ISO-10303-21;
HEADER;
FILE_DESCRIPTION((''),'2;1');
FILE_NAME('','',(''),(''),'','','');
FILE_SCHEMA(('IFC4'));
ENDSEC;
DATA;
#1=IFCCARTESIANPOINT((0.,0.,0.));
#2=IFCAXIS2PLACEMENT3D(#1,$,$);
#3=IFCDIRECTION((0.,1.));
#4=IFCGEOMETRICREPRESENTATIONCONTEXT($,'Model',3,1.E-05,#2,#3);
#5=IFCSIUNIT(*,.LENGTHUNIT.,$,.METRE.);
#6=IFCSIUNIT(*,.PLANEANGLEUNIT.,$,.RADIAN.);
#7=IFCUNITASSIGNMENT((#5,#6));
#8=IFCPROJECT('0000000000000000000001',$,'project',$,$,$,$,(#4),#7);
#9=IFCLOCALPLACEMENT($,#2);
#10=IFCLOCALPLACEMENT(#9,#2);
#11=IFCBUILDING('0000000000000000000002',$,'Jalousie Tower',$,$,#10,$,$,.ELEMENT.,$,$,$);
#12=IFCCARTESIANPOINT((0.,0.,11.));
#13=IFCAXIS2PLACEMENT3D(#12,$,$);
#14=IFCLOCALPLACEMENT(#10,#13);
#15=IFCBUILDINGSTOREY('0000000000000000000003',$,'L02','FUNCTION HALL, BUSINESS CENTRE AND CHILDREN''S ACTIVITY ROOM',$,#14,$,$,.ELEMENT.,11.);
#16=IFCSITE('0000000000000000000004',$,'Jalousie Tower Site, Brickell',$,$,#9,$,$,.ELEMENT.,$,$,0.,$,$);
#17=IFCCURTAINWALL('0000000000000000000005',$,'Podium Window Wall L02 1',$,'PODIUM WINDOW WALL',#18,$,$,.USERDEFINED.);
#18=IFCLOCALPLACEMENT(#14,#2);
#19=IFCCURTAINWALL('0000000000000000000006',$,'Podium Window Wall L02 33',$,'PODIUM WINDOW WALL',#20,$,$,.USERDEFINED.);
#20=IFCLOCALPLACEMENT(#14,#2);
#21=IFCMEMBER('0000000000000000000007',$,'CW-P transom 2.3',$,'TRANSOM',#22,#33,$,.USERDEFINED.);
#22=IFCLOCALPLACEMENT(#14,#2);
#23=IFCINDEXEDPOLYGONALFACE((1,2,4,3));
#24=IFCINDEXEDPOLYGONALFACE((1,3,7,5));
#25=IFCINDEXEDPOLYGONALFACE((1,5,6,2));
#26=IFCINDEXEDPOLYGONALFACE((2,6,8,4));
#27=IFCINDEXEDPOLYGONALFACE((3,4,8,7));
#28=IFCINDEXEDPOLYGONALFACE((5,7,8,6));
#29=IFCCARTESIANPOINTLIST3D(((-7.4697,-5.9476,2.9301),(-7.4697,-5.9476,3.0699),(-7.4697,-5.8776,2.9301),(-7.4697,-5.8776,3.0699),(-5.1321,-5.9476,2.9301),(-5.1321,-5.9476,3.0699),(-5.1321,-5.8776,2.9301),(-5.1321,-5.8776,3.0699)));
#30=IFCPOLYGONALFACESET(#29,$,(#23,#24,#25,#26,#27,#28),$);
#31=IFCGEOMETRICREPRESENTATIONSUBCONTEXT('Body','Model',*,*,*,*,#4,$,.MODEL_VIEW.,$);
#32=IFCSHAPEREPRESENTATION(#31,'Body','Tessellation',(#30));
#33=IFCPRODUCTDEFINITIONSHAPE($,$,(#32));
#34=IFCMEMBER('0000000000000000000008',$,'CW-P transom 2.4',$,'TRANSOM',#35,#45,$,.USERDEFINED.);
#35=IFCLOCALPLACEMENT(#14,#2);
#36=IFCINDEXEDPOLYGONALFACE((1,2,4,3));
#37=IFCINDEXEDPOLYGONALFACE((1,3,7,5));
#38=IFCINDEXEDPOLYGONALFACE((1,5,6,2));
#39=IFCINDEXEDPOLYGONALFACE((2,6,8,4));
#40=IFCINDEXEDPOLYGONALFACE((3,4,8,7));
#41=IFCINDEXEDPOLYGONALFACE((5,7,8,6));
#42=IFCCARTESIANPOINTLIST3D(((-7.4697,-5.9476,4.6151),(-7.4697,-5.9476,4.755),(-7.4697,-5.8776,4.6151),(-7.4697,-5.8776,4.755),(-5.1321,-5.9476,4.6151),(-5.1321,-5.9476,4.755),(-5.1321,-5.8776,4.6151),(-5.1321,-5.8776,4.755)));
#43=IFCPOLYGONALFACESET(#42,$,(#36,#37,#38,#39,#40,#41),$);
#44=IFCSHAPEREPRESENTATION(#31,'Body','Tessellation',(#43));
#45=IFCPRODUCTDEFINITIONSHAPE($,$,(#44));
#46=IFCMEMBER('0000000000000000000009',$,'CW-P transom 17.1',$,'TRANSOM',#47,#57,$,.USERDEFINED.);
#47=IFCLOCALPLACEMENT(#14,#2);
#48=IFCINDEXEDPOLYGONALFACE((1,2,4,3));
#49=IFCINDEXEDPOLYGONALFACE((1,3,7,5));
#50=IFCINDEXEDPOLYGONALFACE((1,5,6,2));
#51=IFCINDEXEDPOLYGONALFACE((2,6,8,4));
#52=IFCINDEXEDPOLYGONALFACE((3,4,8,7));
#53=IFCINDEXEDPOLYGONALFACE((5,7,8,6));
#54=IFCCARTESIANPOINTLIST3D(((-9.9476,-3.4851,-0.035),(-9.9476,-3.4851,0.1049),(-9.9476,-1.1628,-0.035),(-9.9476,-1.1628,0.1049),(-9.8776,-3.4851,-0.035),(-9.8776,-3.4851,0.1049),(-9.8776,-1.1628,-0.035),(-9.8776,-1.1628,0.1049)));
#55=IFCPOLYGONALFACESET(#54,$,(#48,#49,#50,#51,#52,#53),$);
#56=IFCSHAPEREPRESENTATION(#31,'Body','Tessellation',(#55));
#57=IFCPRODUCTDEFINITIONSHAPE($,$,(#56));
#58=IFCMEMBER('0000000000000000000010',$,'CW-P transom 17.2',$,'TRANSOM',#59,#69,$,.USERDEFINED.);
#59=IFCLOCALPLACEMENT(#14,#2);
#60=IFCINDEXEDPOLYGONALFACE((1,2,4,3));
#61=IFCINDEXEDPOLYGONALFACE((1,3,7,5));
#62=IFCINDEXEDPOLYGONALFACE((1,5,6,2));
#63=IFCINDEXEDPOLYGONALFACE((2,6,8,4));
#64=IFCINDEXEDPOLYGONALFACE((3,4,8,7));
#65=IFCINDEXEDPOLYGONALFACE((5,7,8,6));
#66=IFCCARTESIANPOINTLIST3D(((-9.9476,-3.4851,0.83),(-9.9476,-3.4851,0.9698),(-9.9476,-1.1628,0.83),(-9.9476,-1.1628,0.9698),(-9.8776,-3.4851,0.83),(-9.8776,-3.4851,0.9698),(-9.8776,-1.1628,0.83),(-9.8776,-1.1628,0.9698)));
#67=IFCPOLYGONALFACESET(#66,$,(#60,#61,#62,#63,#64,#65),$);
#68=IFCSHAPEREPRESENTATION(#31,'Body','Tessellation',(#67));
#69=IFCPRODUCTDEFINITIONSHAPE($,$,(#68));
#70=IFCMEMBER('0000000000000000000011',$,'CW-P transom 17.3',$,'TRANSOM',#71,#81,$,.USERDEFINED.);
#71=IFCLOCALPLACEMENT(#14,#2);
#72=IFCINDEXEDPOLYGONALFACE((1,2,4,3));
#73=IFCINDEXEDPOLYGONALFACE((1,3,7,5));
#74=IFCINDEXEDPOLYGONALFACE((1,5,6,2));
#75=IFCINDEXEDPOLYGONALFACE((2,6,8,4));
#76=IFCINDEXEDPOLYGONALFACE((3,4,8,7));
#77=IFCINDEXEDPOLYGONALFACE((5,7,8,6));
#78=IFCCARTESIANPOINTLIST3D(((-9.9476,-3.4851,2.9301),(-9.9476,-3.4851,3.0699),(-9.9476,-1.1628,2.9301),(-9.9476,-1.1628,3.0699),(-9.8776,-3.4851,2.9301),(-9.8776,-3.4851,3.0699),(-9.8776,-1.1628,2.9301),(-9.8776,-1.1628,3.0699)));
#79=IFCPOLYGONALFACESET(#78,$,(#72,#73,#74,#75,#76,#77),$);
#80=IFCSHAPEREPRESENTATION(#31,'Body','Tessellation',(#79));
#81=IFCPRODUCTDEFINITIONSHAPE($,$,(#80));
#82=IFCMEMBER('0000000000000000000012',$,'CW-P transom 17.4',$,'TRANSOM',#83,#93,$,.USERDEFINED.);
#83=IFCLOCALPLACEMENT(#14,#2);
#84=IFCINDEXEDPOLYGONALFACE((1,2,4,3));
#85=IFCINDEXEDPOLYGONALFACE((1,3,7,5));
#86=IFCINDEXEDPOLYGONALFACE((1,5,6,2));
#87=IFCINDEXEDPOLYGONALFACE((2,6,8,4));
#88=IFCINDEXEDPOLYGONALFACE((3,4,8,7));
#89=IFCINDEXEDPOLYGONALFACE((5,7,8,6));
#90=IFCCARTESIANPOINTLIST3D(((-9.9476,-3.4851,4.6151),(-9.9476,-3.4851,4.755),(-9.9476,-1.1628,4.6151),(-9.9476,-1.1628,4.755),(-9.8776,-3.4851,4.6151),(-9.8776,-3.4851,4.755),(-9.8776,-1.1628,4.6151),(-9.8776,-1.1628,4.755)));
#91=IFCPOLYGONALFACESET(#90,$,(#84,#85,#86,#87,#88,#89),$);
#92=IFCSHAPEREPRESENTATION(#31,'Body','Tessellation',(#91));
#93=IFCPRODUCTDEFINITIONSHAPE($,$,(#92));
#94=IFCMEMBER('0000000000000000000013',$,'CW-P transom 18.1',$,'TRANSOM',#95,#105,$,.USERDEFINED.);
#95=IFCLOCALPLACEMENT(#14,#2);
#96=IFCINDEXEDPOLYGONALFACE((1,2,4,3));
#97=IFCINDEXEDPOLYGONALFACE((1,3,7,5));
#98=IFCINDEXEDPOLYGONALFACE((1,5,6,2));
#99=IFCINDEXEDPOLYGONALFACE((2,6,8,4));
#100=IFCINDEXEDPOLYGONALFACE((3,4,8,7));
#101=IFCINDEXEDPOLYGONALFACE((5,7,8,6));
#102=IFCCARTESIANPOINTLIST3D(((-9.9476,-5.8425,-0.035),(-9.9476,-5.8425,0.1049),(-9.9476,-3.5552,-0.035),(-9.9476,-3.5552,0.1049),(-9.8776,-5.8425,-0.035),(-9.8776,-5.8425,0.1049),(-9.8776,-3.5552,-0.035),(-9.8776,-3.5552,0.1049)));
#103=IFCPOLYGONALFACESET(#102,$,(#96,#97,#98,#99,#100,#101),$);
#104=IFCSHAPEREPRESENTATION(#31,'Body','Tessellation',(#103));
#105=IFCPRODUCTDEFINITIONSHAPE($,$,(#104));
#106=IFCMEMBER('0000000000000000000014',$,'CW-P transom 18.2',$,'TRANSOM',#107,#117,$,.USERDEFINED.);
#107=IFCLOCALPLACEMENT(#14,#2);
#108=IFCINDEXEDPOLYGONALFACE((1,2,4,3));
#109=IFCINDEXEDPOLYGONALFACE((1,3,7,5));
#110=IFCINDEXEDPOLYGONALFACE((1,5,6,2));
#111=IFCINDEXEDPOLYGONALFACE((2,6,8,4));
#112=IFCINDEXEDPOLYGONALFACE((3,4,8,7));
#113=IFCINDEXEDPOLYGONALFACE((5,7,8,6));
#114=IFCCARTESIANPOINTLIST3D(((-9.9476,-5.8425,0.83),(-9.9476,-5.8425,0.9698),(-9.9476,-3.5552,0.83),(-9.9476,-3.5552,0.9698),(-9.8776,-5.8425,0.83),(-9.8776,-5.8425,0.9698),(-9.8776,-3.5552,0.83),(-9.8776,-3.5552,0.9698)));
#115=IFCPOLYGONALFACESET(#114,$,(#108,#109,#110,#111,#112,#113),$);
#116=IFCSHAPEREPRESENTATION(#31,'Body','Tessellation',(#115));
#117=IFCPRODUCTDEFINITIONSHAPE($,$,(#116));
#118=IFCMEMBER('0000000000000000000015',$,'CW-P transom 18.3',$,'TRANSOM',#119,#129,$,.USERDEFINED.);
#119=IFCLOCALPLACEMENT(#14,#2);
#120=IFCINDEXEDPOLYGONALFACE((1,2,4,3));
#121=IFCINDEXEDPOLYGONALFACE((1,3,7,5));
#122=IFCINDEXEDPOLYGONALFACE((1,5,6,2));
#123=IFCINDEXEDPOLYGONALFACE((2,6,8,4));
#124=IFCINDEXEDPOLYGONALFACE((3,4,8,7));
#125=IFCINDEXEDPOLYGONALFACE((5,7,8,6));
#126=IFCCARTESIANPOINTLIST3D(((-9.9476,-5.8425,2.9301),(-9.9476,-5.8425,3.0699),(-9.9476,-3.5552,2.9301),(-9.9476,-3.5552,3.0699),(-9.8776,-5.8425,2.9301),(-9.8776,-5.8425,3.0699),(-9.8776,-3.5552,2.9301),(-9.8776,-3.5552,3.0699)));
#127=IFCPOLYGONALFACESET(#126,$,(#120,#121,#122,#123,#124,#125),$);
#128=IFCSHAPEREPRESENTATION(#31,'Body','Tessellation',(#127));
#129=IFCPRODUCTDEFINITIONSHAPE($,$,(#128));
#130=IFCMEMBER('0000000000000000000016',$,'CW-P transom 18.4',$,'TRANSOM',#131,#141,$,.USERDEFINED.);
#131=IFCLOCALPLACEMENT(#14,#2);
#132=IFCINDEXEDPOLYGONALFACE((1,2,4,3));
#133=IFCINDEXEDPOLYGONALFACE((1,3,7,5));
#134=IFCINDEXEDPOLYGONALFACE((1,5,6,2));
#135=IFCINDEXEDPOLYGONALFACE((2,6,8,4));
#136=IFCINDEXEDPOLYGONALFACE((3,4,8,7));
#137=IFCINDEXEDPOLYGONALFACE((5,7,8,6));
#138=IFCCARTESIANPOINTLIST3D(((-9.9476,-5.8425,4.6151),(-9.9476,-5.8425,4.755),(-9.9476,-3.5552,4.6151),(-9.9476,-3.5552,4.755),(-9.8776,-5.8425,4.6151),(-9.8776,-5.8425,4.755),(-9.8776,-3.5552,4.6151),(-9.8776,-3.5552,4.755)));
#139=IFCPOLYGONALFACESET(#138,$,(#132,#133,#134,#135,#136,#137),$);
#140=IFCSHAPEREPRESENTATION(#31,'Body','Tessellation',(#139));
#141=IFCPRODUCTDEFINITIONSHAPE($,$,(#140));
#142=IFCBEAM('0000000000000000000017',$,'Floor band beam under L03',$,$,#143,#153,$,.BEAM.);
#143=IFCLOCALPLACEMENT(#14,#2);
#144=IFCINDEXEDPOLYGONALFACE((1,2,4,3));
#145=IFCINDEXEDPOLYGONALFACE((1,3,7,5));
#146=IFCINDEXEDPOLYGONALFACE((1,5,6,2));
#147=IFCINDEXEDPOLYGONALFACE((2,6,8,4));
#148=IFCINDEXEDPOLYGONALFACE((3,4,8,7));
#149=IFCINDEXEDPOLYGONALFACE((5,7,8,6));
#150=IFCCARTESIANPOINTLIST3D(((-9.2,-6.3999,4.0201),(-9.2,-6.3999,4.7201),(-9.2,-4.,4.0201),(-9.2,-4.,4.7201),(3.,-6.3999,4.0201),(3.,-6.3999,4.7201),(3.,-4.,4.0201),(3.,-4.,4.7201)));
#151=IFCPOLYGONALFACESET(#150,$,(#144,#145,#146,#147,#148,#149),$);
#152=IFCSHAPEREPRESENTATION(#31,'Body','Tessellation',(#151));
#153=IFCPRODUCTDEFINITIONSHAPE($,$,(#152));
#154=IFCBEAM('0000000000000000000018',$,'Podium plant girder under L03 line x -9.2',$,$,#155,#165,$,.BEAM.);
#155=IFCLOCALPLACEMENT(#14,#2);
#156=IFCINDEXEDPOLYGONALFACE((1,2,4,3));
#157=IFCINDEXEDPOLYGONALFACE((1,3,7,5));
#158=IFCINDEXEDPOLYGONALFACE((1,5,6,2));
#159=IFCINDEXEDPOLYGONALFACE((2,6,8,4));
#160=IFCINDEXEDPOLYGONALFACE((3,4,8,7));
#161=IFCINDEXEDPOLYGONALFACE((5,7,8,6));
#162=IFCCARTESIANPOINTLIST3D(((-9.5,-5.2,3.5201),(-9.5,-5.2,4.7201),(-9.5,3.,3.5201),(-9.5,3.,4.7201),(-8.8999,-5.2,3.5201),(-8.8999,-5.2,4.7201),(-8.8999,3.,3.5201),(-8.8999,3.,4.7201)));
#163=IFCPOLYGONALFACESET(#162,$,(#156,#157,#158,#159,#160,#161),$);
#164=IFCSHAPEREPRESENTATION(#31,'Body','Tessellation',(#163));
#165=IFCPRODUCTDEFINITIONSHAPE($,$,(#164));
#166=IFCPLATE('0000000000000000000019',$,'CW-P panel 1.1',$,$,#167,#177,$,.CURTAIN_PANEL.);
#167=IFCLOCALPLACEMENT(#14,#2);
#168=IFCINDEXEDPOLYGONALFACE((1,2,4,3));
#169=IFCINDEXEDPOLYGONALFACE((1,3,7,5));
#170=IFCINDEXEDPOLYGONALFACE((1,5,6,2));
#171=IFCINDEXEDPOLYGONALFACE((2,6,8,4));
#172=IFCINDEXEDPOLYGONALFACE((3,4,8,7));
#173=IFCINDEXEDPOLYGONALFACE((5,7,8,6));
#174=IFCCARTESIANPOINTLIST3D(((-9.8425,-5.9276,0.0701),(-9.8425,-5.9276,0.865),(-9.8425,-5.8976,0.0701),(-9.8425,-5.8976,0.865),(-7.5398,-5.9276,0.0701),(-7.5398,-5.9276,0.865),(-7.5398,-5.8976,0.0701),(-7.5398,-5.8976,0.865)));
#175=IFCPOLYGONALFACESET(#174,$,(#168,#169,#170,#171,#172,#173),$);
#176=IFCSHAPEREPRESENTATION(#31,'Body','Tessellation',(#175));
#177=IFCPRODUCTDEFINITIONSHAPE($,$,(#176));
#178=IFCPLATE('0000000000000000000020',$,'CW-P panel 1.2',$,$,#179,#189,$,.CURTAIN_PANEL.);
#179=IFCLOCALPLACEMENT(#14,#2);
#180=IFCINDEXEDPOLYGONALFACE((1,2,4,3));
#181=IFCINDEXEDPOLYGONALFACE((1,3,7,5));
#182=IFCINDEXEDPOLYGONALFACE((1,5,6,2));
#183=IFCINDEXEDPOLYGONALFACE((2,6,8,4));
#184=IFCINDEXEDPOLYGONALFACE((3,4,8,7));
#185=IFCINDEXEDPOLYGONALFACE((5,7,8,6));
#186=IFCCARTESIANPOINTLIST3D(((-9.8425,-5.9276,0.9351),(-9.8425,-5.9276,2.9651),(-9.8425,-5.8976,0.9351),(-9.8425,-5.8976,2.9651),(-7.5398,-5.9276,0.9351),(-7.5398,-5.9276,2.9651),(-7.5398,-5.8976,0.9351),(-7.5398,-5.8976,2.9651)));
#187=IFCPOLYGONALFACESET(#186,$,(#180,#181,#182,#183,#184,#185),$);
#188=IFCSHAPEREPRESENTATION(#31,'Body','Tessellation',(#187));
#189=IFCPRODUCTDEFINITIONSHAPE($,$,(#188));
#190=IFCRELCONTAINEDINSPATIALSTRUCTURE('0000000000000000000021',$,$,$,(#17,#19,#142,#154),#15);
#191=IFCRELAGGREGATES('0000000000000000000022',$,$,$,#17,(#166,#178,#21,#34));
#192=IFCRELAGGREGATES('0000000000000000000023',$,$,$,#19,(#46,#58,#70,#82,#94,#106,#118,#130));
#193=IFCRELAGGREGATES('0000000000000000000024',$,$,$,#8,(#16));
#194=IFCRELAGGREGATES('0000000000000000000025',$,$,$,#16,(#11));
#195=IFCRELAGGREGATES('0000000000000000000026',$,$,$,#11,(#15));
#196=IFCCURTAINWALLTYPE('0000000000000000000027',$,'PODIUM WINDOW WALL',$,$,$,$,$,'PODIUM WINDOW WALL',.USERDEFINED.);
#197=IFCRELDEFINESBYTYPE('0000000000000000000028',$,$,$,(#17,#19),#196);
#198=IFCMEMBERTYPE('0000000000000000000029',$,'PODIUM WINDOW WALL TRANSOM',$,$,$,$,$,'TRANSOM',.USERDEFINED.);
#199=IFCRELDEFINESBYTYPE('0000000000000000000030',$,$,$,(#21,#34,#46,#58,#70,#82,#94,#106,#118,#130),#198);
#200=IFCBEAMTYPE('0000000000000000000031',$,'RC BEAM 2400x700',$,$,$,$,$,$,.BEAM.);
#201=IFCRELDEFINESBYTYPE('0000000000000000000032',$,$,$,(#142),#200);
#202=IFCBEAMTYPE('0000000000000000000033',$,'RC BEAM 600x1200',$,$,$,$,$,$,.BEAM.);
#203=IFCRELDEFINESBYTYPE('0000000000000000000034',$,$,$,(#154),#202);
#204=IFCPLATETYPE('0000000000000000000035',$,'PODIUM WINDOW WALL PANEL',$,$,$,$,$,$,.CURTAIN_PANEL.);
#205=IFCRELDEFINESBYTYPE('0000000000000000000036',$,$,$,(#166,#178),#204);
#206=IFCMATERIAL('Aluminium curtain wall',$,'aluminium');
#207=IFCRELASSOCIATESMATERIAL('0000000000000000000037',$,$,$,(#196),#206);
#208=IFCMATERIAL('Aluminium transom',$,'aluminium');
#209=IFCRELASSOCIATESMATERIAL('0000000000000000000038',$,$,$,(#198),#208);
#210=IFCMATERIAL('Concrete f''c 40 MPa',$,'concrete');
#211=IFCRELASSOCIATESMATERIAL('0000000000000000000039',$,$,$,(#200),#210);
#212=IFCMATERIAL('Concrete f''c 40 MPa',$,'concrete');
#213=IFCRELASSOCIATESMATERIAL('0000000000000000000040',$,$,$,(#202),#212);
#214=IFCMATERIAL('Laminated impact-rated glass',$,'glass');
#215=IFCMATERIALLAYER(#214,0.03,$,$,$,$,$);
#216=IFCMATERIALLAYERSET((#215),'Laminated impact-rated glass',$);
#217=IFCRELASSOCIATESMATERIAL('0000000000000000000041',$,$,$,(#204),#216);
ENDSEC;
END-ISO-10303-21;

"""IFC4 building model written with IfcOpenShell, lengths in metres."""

from ifc_helpers import new_model, si_unit, direction, frame, origin, origin_2d, place, context, subcontext, project, spatial, rectangle, extrude, material, layer, layer_set, material_profile, profile_set, type_object, element, aggregate, save


model = new_model("IFC4")

# Units and contexts
model_context = context("Model", 3, precision=1e-05, world=origin(), true_north=direction((0.0, 1.0)))
body_context = subcontext(model_context, "Body", "Model", "MODEL_VIEW")
ifc_project = project(units=[si_unit("LENGTHUNIT", "METRE"), si_unit("PLANEANGLEUNIT", "RADIAN")], contexts=[model_context])

# Site, building, storey
site_placement = place(None, origin())
site = spatial("IfcSite", under=ifc_project, at=site_placement, Name="Jalousie Tower Site, Brickell", CompositionType="ELEMENT", RefElevation=0.0)
building_placement = place(site_placement, origin())
building = spatial("IfcBuilding", under=site, at=building_placement, Name="Jalousie Tower", CompositionType="ELEMENT")
storey_placement = place(building_placement, frame((0.0, 0.0, 11.0)))
storey = spatial("IfcBuildingStorey", under=building, at=storey_placement, Name="L02", Description="FUNCTION HALL, BUSINESS CENTRE AND CHILDREN'S ACTIVITY ROOM", CompositionType="ELEMENT", Elevation=11.0)

# Curtain walls
ifc_material_1 = material(Name="Aluminium curtain wall", Category="aluminium")
curtain_wall_type = type_object("IfcCurtainWallType", Name="PODIUM WINDOW WALL", ElementType="PODIUM WINDOW WALL", PredefinedType="USERDEFINED", material=ifc_material_1)
curtain_wall_1_placement = place(storey_placement, origin())
curtain_wall_1 = element("IfcCurtainWall", 1, at=curtain_wall_1_placement, inside=storey, type_object=curtain_wall_type, Name="Podium Window Wall L02 1", ObjectType="PODIUM WINDOW WALL", PredefinedType="USERDEFINED")
curtain_wall_2_placement = place(storey_placement, origin())
curtain_wall_2 = element("IfcCurtainWall", 2, at=curtain_wall_2_placement, inside=storey, type_object=curtain_wall_type, Name="Podium Window Wall L02 33", ObjectType="PODIUM WINDOW WALL", PredefinedType="USERDEFINED")

# Members
ifc_material_2 = material(Name="Aluminium transom", Category="aluminium")
ifc_material_profile_1 = material_profile(ifc_material_2, rectangle(XDim=0.0701, YDim=0.1399, at=origin_2d()), Name="TRANSOM 70x140")
ifc_profile_set_1 = profile_set([ifc_material_profile_1], Name="Aluminium transom")
member_type_1 = type_object("IfcMemberType", Name="PODIUM WINDOW WALL TRANSOM", ElementType="TRANSOM", PredefinedType="USERDEFINED", material=ifc_profile_set_1)
member_1_placement = place(storey_placement, frame((-7.4697, -5.9126, 3.0), z_axis=(1.0, 0.0, 0.0), x_axis=(0.0, 1.0, 0.0)))
member_1 = element("IfcMember", 3, at=member_1_placement, type_object=member_type_1, Name="CW-P transom 2.3", ObjectType="TRANSOM", PredefinedType="USERDEFINED", context=body_context, shape_type="SweptSolid", body=[
    extrude(rectangle(XDim=0.0701, YDim=0.1399, at=origin_2d()), origin(), (0.0, 0.0, 1.0), 2.3376),
])
member_2_placement = place(storey_placement, frame((-7.4697, -5.9126, 4.6851), z_axis=(1.0, 0.0, 0.0), x_axis=(0.0, 1.0, 0.0)))
member_2 = element("IfcMember", 4, at=member_2_placement, type_object=member_type_1, Name="CW-P transom 2.4", ObjectType="TRANSOM", PredefinedType="USERDEFINED", context=body_context, shape_type="SweptSolid", body=[
    extrude(rectangle(XDim=0.0701, YDim=0.1399, at=origin_2d()), origin(), (0.0, 0.0, 1.0), 2.3376),
])
member_3_placement = place(storey_placement, frame((-9.9126, -1.1628, 0.0349), z_axis=(0.0, -1.0, 0.0), x_axis=(1.0, 0.0, 0.0)))
member_3 = element("IfcMember", 5, at=member_3_placement, type_object=member_type_1, Name="CW-P transom 17.1", ObjectType="TRANSOM", PredefinedType="USERDEFINED", context=body_context, shape_type="SweptSolid", body=[
    extrude(rectangle(XDim=0.0701, YDim=0.1399, at=origin_2d()), origin(), (0.0, 0.0, 1.0), 2.3223),
])
member_4_placement = place(storey_placement, frame((-9.9126, -1.1628, 0.8999), z_axis=(0.0, -1.0, 0.0), x_axis=(1.0, 0.0, 0.0)))
member_4 = element("IfcMember", 6, at=member_4_placement, type_object=member_type_1, Name="CW-P transom 17.2", ObjectType="TRANSOM", PredefinedType="USERDEFINED", context=body_context, shape_type="SweptSolid", body=[
    extrude(rectangle(XDim=0.0701, YDim=0.1399, at=origin_2d()), origin(), (0.0, 0.0, 1.0), 2.3223),
])
member_5_placement = place(storey_placement, frame((-9.9126, -1.1628, 3.0), z_axis=(0.0, -1.0, 0.0), x_axis=(1.0, 0.0, 0.0)))
member_5 = element("IfcMember", 7, at=member_5_placement, type_object=member_type_1, Name="CW-P transom 17.3", ObjectType="TRANSOM", PredefinedType="USERDEFINED", context=body_context, shape_type="SweptSolid", body=[
    extrude(rectangle(XDim=0.0701, YDim=0.1399, at=origin_2d()), origin(), (0.0, 0.0, 1.0), 2.3223),
])
member_6_placement = place(storey_placement, frame((-9.9126, -1.1628, 4.6851), z_axis=(0.0, -1.0, 0.0), x_axis=(1.0, 0.0, 0.0)))
member_6 = element("IfcMember", 8, at=member_6_placement, type_object=member_type_1, Name="CW-P transom 17.4", ObjectType="TRANSOM", PredefinedType="USERDEFINED", context=body_context, shape_type="SweptSolid", body=[
    extrude(rectangle(XDim=0.0701, YDim=0.1399, at=origin_2d()), origin(), (0.0, 0.0, 1.0), 2.3223),
])
member_7_placement = place(storey_placement, frame((-9.9126, -3.5552, 0.0349), z_axis=(0.0, -1.0, 0.0), x_axis=(1.0, 0.0, 0.0)))
member_7 = element("IfcMember", 9, at=member_7_placement, type_object=member_type_1, Name="CW-P transom 18.1", ObjectType="TRANSOM", PredefinedType="USERDEFINED", context=body_context, shape_type="SweptSolid", body=[
    extrude(rectangle(XDim=0.0701, YDim=0.1399, at=origin_2d()), origin(), (0.0, 0.0, 1.0), 2.2874),
])
member_8_placement = place(storey_placement, frame((-9.9126, -3.5552, 0.8999), z_axis=(0.0, -1.0, 0.0), x_axis=(1.0, 0.0, 0.0)))
member_8 = element("IfcMember", 10, at=member_8_placement, type_object=member_type_1, Name="CW-P transom 18.2", ObjectType="TRANSOM", PredefinedType="USERDEFINED", context=body_context, shape_type="SweptSolid", body=[
    extrude(rectangle(XDim=0.0701, YDim=0.1399, at=origin_2d()), origin(), (0.0, 0.0, 1.0), 2.2874),
])
member_9_placement = place(storey_placement, frame((-9.9126, -3.5552, 3.0), z_axis=(0.0, -1.0, 0.0), x_axis=(1.0, 0.0, 0.0)))
member_9 = element("IfcMember", 11, at=member_9_placement, type_object=member_type_1, Name="CW-P transom 18.3", ObjectType="TRANSOM", PredefinedType="USERDEFINED", context=body_context, shape_type="SweptSolid", body=[
    extrude(rectangle(XDim=0.0701, YDim=0.1399, at=origin_2d()), origin(), (0.0, 0.0, 1.0), 2.2874),
])
member_10_placement = place(storey_placement, frame((-9.9126, -3.5552, 4.6851), z_axis=(0.0, -1.0, 0.0), x_axis=(1.0, 0.0, 0.0)))
member_10 = element("IfcMember", 12, at=member_10_placement, type_object=member_type_1, Name="CW-P transom 18.4", ObjectType="TRANSOM", PredefinedType="USERDEFINED", context=body_context, shape_type="SweptSolid", body=[
    extrude(rectangle(XDim=0.0701, YDim=0.1399, at=origin_2d()), origin(), (0.0, 0.0, 1.0), 2.2874),
])

# Beams
ifc_material_3 = material(Name="Concrete f'c 40 MPa", Category="concrete")
ifc_material_profile_2 = material_profile(ifc_material_3, rectangle(XDim=2.3999, YDim=0.7, at=origin_2d()), Name="RC 2400x700")
ifc_profile_set_2 = profile_set([ifc_material_profile_2], Name="Concrete f'c 40 MPa")
beam_type_1 = type_object("IfcBeamType", Name="RC BEAM 2400x700", PredefinedType="BEAM", material=ifc_profile_set_2)
beam_1_placement = place(storey_placement, frame((-9.2, -5.2, 4.3701), z_axis=(1.0, 0.0, 0.0), x_axis=(0.0, 1.0, 0.0)))
element("IfcBeam", 13, at=beam_1_placement, inside=storey, type_object=beam_type_1, Name="Floor band beam under L03", PredefinedType="BEAM", context=body_context, shape_type="SweptSolid", body=[
    extrude(rectangle(XDim=2.3999, YDim=0.7, at=origin_2d()), origin(), (0.0, 0.0, 1.0), 12.2),
])
ifc_material_4 = material(Name="Concrete f'c 40 MPa", Category="concrete")
ifc_material_profile_3 = material_profile(ifc_material_4, rectangle(XDim=0.6001, YDim=1.2, at=origin_2d()), Name="RC 600x1200")
ifc_profile_set_3 = profile_set([ifc_material_profile_3], Name="Concrete f'c 40 MPa")
beam_type_2 = type_object("IfcBeamType", Name="RC BEAM 600x1200", PredefinedType="BEAM", material=ifc_profile_set_3)
beam_2_placement = place(storey_placement, frame((-9.2, -5.2, 4.1201), z_axis=(0.0, 1.0, 0.0), x_axis=(-1.0, 0.0, 0.0)))
element("IfcBeam", 14, at=beam_2_placement, inside=storey, type_object=beam_type_2, Name="Podium plant girder under L03 line x -9.2", PredefinedType="BEAM", context=body_context, shape_type="SweptSolid", body=[
    extrude(rectangle(XDim=0.6001, YDim=1.2, at=origin_2d()), origin(), (0.0, 0.0, 1.0), 8.2),
])

# Plates
ifc_material_5 = material(Name="Laminated impact-rated glass", Category="glass")
ifc_layer = layer(ifc_material_5, 0.03)
ifc_layer_set = layer_set([ifc_layer], Name="Laminated impact-rated glass")
plate_type = type_object("IfcPlateType", Name="PODIUM WINDOW WALL PANEL", PredefinedType="CURTAIN_PANEL", material=ifc_layer_set)
plate_1_placement = place(storey_placement, frame((-8.6912, -5.9126, 0.0701), z_axis=(0.0, 0.0, 1.0), x_axis=(1.0, 0.0, 0.0)))
plate_1 = element("IfcPlate", 15, at=plate_1_placement, type_object=plate_type, Name="CW-P panel 1.1", PredefinedType="CURTAIN_PANEL", context=body_context, shape_type="SweptSolid", body=[
    extrude(rectangle(XDim=2.3027, YDim=0.03, at=origin_2d()), origin(), (0.0, 0.0, 1.0), 0.7949),
])
plate_2_placement = place(storey_placement, frame((-8.6912, -5.9126, 0.9351), z_axis=(0.0, 0.0, 1.0), x_axis=(1.0, 0.0, 0.0)))
plate_2 = element("IfcPlate", 16, at=plate_2_placement, type_object=plate_type, Name="CW-P panel 1.2", PredefinedType="CURTAIN_PANEL", context=body_context, shape_type="SweptSolid", body=[
    extrude(rectangle(XDim=2.3027, YDim=0.03, at=origin_2d()), origin(), (0.0, 0.0, 1.0), 2.03),
])
aggregate(curtain_wall_1, [plate_1, plate_2, member_1, member_2])
aggregate(curtain_wall_2, [member_3, member_4, member_5, member_6, member_7, member_8, member_9, member_10])

save(model, "model.ifc")
